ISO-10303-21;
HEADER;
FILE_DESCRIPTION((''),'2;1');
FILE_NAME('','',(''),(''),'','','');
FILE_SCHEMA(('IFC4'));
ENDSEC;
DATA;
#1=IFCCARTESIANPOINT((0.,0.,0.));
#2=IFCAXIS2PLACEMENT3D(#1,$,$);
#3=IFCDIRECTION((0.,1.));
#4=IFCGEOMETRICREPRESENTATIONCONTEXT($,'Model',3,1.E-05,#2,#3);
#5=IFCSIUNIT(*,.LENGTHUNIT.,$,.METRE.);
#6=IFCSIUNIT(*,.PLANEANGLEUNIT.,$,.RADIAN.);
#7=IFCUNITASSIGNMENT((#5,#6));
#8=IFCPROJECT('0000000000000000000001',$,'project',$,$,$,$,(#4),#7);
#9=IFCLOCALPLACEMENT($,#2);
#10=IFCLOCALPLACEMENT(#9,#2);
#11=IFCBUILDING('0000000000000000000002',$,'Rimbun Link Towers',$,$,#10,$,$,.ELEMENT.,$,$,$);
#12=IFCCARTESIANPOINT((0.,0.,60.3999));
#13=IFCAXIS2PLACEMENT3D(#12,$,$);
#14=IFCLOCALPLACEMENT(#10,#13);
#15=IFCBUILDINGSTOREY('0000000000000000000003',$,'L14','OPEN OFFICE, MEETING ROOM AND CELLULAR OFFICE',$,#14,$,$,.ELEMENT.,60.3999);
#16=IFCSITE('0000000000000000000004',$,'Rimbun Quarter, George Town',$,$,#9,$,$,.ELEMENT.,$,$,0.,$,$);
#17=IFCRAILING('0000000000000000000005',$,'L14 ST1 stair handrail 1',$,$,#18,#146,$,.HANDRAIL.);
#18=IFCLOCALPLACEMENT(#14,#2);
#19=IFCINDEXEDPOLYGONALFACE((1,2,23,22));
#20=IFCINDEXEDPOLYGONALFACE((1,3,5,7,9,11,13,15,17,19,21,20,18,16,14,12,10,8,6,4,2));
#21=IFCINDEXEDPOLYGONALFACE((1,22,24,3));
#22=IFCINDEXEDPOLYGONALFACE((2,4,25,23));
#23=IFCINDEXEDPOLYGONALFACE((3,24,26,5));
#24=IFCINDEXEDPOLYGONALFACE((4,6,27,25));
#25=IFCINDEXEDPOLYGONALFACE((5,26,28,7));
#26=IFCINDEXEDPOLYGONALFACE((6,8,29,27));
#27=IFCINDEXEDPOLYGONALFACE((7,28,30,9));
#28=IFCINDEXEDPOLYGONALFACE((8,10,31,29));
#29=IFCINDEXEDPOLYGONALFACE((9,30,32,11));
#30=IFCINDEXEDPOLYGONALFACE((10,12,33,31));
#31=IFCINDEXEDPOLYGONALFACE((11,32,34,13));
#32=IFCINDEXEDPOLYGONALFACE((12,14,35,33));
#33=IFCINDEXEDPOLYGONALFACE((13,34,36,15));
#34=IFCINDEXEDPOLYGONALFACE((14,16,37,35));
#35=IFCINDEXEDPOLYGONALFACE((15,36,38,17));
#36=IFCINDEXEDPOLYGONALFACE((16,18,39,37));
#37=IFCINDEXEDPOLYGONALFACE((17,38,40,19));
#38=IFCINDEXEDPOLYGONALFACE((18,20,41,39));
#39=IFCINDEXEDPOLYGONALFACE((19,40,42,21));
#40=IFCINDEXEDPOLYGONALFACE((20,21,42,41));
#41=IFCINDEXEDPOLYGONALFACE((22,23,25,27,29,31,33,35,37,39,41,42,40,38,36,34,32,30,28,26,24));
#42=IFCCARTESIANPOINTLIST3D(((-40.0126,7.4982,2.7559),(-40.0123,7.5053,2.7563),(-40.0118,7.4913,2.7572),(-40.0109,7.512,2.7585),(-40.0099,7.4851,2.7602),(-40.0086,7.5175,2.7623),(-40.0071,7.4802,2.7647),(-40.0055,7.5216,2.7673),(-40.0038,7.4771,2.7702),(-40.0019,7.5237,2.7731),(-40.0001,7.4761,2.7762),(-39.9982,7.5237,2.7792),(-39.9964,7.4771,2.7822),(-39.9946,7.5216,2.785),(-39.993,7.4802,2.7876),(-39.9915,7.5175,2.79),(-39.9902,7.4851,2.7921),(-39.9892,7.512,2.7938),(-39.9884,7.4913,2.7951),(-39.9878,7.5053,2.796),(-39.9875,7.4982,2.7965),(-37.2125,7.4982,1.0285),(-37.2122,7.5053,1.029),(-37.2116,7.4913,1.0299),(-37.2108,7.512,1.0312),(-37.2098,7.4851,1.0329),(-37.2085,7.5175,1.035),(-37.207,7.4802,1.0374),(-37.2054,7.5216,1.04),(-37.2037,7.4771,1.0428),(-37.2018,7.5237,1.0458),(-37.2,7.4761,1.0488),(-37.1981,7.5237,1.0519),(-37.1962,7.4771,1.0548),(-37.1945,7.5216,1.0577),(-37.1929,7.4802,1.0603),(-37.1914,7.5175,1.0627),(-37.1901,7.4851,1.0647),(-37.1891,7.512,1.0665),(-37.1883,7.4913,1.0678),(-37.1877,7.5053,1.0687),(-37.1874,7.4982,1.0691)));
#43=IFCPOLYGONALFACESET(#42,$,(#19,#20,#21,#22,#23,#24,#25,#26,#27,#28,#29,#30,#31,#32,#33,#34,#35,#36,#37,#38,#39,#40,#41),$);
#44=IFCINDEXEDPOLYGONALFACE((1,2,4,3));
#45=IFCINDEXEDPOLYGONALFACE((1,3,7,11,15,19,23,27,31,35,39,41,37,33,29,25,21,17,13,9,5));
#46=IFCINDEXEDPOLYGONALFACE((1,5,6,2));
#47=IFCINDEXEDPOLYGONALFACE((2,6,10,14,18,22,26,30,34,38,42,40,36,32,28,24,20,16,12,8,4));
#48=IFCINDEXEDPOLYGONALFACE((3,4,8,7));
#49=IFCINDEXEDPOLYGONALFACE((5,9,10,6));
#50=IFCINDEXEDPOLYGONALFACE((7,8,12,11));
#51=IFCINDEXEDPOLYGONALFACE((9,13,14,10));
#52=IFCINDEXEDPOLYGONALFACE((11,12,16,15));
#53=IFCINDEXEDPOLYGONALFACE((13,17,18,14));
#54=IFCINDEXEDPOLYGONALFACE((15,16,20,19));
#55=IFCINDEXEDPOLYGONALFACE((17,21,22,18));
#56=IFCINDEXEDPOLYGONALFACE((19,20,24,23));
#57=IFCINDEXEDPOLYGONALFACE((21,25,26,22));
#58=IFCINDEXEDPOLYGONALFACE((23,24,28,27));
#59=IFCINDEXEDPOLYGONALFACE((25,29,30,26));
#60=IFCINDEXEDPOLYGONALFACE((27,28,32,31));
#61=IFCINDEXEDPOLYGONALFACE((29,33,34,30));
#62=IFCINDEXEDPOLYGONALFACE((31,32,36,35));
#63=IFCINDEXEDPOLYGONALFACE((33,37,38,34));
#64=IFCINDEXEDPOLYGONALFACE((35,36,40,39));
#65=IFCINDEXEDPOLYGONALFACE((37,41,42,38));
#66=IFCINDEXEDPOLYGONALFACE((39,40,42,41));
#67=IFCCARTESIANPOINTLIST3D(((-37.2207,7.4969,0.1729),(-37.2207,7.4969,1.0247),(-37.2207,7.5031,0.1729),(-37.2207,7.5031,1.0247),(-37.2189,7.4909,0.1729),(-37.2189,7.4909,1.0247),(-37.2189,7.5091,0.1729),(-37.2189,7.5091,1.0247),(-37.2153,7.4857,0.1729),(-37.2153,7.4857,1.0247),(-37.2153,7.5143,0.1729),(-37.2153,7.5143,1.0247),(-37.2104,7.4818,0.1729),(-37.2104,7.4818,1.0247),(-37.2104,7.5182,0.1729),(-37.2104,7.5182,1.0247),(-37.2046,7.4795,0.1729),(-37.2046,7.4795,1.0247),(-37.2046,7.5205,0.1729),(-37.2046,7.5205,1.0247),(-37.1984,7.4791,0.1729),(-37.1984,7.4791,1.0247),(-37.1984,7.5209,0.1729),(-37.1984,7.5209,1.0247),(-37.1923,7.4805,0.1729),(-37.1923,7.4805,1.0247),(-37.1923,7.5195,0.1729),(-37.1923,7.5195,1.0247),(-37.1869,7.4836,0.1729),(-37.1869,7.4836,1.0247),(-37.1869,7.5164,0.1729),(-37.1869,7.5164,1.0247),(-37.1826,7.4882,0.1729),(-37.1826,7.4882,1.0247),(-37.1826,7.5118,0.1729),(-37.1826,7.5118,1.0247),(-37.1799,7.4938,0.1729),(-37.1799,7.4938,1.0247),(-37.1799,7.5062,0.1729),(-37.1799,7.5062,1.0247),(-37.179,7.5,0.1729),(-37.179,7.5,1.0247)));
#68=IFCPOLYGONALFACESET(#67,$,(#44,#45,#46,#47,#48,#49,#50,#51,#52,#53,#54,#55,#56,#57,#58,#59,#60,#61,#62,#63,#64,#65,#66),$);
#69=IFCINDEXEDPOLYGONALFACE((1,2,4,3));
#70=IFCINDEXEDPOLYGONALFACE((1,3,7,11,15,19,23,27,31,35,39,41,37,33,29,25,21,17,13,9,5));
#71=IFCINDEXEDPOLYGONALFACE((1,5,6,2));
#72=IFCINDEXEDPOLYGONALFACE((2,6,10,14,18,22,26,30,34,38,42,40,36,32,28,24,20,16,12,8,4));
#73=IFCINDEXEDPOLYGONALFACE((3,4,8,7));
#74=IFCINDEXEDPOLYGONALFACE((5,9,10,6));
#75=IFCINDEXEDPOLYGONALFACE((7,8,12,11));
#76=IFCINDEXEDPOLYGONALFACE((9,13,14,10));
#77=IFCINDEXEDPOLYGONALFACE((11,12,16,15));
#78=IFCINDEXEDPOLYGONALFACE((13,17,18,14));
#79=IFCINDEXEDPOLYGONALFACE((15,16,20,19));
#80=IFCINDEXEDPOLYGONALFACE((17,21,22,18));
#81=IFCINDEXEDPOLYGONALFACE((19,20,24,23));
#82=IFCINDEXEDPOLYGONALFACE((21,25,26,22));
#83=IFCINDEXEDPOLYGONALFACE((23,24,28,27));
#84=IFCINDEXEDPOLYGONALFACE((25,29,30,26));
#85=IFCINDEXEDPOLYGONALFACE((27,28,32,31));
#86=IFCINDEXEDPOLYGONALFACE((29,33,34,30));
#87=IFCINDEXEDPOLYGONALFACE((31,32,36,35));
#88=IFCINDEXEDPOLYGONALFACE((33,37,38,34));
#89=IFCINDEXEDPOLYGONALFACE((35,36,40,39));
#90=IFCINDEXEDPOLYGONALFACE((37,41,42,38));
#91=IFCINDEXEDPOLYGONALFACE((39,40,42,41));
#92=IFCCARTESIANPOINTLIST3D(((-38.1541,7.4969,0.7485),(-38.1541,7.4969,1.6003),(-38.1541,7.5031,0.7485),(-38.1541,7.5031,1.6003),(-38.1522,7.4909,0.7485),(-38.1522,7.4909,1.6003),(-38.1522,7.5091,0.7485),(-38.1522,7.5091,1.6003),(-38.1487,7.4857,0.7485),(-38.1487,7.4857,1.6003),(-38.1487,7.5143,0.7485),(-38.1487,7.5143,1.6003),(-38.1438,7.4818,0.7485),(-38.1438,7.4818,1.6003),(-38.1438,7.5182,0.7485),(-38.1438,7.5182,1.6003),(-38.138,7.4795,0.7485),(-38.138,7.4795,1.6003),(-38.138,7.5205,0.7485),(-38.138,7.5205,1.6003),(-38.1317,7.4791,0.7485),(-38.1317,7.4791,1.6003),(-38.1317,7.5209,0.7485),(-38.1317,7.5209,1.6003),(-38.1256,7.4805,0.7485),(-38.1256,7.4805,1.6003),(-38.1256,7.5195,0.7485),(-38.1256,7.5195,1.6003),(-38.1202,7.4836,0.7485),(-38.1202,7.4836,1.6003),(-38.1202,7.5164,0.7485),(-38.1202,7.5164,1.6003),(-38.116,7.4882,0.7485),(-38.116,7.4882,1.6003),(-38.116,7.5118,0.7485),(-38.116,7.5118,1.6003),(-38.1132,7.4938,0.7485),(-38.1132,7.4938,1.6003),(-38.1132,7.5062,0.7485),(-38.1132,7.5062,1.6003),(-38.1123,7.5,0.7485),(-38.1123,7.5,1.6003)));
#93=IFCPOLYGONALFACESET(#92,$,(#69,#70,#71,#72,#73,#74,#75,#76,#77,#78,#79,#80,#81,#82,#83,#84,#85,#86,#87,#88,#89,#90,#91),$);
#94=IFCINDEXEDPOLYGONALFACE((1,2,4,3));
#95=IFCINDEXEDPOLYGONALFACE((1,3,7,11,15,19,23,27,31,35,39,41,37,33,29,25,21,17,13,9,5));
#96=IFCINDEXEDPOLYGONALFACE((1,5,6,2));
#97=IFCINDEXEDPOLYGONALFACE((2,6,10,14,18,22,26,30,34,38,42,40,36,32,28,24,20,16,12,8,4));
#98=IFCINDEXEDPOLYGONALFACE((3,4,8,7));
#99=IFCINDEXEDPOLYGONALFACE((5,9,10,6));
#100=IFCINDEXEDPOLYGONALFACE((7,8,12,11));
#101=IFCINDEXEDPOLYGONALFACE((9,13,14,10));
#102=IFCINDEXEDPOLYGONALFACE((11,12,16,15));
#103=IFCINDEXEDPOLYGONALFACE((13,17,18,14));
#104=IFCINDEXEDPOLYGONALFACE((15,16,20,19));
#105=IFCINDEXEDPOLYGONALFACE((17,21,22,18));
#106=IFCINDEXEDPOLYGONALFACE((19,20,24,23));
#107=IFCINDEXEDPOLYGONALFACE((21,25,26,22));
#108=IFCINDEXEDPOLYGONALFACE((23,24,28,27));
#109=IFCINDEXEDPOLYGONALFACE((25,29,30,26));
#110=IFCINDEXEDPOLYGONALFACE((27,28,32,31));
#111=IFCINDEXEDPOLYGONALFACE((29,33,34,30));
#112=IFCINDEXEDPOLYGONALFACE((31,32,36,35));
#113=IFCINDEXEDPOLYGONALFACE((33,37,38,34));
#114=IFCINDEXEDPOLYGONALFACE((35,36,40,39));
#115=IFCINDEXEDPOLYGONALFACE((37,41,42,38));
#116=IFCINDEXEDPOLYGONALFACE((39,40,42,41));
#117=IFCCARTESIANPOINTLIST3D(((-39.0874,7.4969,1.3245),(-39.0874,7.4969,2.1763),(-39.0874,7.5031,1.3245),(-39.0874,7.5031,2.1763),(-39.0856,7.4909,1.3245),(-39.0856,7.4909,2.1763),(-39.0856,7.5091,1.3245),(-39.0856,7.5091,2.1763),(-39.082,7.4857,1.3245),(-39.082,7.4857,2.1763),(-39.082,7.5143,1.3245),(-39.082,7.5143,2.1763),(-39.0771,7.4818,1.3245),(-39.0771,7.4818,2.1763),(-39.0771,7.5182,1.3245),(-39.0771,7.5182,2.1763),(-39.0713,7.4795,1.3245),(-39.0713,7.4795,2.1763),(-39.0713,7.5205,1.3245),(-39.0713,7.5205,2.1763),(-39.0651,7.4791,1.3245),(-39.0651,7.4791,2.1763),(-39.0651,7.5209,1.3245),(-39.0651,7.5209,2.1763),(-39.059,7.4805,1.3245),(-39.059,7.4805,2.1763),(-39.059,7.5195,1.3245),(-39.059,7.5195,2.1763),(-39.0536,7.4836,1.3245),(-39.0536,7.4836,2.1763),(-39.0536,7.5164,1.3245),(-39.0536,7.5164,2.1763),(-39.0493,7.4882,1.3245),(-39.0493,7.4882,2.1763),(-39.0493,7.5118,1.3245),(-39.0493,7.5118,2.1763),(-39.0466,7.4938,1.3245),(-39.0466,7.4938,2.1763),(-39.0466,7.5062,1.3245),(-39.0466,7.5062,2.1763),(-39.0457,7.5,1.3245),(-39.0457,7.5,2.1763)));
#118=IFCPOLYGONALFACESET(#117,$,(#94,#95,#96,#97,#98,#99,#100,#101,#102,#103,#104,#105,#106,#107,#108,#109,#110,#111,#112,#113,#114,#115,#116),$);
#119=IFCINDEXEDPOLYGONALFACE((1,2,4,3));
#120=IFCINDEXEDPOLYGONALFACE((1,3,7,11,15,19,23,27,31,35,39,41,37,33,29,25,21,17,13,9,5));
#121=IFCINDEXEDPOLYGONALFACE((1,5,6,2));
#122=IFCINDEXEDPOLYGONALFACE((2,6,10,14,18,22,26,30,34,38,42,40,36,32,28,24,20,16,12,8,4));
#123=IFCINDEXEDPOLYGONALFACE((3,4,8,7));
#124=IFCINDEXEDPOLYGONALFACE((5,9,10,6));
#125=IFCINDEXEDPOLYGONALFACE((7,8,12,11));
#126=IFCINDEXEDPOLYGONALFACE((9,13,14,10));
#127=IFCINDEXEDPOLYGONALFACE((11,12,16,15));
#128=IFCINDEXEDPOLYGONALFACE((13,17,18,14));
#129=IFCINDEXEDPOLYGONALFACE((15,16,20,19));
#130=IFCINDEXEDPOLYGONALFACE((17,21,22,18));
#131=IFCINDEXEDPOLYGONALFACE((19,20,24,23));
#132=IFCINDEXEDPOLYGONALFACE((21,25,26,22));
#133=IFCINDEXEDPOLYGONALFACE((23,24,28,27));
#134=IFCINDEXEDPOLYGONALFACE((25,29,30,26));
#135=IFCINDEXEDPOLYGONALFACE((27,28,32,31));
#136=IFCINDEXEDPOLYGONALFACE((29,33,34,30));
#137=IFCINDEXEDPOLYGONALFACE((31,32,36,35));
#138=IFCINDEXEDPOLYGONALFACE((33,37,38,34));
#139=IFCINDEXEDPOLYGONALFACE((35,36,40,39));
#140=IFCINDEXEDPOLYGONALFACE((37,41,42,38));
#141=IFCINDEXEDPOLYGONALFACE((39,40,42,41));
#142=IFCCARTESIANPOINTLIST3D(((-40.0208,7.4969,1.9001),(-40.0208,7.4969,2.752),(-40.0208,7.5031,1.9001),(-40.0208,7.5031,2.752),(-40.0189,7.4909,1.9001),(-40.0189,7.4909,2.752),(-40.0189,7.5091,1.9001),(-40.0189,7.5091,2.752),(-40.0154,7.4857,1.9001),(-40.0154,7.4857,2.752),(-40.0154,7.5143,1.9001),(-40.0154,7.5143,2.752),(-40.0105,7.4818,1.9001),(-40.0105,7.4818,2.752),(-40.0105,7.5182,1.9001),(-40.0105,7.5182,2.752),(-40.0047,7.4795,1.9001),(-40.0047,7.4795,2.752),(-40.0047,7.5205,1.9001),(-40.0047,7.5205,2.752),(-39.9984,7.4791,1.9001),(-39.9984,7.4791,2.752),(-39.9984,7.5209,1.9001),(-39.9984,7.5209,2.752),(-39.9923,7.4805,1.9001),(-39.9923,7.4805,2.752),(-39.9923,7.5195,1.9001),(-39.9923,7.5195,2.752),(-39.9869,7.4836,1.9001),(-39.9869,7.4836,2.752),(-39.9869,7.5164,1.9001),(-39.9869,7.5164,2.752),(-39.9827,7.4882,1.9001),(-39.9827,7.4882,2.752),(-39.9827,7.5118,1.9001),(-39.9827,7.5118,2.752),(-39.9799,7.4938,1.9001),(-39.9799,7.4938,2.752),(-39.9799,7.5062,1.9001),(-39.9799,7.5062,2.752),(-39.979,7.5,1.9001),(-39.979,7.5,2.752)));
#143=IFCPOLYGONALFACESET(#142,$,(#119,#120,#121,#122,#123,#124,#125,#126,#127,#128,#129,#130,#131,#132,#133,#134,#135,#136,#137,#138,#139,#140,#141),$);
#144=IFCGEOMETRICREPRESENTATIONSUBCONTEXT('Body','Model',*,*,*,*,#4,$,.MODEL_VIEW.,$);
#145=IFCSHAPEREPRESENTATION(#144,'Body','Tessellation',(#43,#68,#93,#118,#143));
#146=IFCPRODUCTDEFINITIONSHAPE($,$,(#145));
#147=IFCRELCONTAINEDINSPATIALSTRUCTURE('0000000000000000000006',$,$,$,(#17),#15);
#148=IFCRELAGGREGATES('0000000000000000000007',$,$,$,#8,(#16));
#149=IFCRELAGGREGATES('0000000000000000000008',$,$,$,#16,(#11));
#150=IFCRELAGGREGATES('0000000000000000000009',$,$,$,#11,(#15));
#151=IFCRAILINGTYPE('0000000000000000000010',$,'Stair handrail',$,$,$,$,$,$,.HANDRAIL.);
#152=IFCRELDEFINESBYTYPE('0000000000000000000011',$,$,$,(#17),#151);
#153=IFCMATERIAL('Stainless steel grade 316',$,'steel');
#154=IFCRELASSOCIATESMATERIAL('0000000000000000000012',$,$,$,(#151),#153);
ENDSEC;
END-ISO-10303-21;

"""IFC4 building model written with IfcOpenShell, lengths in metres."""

from ifc_helpers import new_model, si_unit, direction, frame, origin, origin_2d, place, context, subcontext, project, spatial, circle, extrude, material, type_object, element, save


model = new_model("IFC4")

# Units and contexts
model_context = context("Model", 3, precision=1e-05, world=origin(), true_north=direction((0.0, 1.0)))
body_context = subcontext(model_context, "Body", "Model", "MODEL_VIEW")
ifc_project = project(units=[si_unit("LENGTHUNIT", "METRE"), si_unit("PLANEANGLEUNIT", "RADIAN")], contexts=[model_context])

# Site, building, storey
site_placement = place(None, origin())
site = spatial("IfcSite", under=ifc_project, at=site_placement, Name="Rimbun Quarter, George Town", CompositionType="ELEMENT", RefElevation=0.0)
building_placement = place(site_placement, origin())
building = spatial("IfcBuilding", under=site, at=building_placement, Name="Rimbun Link Towers", CompositionType="ELEMENT")
storey_placement = place(building_placement, frame((0.0, 0.0, 60.3999)))
storey = spatial("IfcBuildingStorey", under=building, at=storey_placement, Name="L14", Description="OPEN OFFICE, MEETING ROOM AND CELLULAR OFFICE", CompositionType="ELEMENT", Elevation=60.3999)

# Railing
ifc_material_1 = material(Name="Stainless steel grade 316", Category="steel")
railing_type_1 = type_object("IfcRailingType", Name="Stair handrail", PredefinedType="HANDRAIL", material=ifc_material_1)
railing_1_placement = place(storey_placement, frame((-37.2, 7.5, 0.1729)))
element("IfcRailing", 1, at=railing_1_placement, inside=storey, type_object=railing_type_1, Name="L14 ST1 stair handrail 1", PredefinedType="HANDRAIL", context=body_context, shape_type="SweptSolid", body=[
    extrude(circle(Radius=0.0239, at=origin_2d()), frame((0.0, 0.0, 0.876), z_axis=(-0.85109, 0.0, 0.52502), x_axis=(0.0, -1.0, 0.0)), (0.0, 0.0, 1.0), 3.29),
    extrude(circle(Radius=0.021, at=origin_2d()), origin(), (0.0, 0.0, 1.0), 0.8518),
    extrude(circle(Radius=0.021, at=origin_2d()), frame((-0.9333, 0.0, 0.5757)), (0.0, 0.0, 1.0), 0.8518),
    extrude(circle(Radius=0.021, at=origin_2d()), frame((-1.8667, 0.0, 1.1516)), (0.0, 0.0, 1.0), 0.8518),
    extrude(circle(Radius=0.021, at=origin_2d()), frame((-2.8, 0.0, 1.7273)), (0.0, 0.0, 1.0), 0.8518),
])

save(model, "model.ifc")
